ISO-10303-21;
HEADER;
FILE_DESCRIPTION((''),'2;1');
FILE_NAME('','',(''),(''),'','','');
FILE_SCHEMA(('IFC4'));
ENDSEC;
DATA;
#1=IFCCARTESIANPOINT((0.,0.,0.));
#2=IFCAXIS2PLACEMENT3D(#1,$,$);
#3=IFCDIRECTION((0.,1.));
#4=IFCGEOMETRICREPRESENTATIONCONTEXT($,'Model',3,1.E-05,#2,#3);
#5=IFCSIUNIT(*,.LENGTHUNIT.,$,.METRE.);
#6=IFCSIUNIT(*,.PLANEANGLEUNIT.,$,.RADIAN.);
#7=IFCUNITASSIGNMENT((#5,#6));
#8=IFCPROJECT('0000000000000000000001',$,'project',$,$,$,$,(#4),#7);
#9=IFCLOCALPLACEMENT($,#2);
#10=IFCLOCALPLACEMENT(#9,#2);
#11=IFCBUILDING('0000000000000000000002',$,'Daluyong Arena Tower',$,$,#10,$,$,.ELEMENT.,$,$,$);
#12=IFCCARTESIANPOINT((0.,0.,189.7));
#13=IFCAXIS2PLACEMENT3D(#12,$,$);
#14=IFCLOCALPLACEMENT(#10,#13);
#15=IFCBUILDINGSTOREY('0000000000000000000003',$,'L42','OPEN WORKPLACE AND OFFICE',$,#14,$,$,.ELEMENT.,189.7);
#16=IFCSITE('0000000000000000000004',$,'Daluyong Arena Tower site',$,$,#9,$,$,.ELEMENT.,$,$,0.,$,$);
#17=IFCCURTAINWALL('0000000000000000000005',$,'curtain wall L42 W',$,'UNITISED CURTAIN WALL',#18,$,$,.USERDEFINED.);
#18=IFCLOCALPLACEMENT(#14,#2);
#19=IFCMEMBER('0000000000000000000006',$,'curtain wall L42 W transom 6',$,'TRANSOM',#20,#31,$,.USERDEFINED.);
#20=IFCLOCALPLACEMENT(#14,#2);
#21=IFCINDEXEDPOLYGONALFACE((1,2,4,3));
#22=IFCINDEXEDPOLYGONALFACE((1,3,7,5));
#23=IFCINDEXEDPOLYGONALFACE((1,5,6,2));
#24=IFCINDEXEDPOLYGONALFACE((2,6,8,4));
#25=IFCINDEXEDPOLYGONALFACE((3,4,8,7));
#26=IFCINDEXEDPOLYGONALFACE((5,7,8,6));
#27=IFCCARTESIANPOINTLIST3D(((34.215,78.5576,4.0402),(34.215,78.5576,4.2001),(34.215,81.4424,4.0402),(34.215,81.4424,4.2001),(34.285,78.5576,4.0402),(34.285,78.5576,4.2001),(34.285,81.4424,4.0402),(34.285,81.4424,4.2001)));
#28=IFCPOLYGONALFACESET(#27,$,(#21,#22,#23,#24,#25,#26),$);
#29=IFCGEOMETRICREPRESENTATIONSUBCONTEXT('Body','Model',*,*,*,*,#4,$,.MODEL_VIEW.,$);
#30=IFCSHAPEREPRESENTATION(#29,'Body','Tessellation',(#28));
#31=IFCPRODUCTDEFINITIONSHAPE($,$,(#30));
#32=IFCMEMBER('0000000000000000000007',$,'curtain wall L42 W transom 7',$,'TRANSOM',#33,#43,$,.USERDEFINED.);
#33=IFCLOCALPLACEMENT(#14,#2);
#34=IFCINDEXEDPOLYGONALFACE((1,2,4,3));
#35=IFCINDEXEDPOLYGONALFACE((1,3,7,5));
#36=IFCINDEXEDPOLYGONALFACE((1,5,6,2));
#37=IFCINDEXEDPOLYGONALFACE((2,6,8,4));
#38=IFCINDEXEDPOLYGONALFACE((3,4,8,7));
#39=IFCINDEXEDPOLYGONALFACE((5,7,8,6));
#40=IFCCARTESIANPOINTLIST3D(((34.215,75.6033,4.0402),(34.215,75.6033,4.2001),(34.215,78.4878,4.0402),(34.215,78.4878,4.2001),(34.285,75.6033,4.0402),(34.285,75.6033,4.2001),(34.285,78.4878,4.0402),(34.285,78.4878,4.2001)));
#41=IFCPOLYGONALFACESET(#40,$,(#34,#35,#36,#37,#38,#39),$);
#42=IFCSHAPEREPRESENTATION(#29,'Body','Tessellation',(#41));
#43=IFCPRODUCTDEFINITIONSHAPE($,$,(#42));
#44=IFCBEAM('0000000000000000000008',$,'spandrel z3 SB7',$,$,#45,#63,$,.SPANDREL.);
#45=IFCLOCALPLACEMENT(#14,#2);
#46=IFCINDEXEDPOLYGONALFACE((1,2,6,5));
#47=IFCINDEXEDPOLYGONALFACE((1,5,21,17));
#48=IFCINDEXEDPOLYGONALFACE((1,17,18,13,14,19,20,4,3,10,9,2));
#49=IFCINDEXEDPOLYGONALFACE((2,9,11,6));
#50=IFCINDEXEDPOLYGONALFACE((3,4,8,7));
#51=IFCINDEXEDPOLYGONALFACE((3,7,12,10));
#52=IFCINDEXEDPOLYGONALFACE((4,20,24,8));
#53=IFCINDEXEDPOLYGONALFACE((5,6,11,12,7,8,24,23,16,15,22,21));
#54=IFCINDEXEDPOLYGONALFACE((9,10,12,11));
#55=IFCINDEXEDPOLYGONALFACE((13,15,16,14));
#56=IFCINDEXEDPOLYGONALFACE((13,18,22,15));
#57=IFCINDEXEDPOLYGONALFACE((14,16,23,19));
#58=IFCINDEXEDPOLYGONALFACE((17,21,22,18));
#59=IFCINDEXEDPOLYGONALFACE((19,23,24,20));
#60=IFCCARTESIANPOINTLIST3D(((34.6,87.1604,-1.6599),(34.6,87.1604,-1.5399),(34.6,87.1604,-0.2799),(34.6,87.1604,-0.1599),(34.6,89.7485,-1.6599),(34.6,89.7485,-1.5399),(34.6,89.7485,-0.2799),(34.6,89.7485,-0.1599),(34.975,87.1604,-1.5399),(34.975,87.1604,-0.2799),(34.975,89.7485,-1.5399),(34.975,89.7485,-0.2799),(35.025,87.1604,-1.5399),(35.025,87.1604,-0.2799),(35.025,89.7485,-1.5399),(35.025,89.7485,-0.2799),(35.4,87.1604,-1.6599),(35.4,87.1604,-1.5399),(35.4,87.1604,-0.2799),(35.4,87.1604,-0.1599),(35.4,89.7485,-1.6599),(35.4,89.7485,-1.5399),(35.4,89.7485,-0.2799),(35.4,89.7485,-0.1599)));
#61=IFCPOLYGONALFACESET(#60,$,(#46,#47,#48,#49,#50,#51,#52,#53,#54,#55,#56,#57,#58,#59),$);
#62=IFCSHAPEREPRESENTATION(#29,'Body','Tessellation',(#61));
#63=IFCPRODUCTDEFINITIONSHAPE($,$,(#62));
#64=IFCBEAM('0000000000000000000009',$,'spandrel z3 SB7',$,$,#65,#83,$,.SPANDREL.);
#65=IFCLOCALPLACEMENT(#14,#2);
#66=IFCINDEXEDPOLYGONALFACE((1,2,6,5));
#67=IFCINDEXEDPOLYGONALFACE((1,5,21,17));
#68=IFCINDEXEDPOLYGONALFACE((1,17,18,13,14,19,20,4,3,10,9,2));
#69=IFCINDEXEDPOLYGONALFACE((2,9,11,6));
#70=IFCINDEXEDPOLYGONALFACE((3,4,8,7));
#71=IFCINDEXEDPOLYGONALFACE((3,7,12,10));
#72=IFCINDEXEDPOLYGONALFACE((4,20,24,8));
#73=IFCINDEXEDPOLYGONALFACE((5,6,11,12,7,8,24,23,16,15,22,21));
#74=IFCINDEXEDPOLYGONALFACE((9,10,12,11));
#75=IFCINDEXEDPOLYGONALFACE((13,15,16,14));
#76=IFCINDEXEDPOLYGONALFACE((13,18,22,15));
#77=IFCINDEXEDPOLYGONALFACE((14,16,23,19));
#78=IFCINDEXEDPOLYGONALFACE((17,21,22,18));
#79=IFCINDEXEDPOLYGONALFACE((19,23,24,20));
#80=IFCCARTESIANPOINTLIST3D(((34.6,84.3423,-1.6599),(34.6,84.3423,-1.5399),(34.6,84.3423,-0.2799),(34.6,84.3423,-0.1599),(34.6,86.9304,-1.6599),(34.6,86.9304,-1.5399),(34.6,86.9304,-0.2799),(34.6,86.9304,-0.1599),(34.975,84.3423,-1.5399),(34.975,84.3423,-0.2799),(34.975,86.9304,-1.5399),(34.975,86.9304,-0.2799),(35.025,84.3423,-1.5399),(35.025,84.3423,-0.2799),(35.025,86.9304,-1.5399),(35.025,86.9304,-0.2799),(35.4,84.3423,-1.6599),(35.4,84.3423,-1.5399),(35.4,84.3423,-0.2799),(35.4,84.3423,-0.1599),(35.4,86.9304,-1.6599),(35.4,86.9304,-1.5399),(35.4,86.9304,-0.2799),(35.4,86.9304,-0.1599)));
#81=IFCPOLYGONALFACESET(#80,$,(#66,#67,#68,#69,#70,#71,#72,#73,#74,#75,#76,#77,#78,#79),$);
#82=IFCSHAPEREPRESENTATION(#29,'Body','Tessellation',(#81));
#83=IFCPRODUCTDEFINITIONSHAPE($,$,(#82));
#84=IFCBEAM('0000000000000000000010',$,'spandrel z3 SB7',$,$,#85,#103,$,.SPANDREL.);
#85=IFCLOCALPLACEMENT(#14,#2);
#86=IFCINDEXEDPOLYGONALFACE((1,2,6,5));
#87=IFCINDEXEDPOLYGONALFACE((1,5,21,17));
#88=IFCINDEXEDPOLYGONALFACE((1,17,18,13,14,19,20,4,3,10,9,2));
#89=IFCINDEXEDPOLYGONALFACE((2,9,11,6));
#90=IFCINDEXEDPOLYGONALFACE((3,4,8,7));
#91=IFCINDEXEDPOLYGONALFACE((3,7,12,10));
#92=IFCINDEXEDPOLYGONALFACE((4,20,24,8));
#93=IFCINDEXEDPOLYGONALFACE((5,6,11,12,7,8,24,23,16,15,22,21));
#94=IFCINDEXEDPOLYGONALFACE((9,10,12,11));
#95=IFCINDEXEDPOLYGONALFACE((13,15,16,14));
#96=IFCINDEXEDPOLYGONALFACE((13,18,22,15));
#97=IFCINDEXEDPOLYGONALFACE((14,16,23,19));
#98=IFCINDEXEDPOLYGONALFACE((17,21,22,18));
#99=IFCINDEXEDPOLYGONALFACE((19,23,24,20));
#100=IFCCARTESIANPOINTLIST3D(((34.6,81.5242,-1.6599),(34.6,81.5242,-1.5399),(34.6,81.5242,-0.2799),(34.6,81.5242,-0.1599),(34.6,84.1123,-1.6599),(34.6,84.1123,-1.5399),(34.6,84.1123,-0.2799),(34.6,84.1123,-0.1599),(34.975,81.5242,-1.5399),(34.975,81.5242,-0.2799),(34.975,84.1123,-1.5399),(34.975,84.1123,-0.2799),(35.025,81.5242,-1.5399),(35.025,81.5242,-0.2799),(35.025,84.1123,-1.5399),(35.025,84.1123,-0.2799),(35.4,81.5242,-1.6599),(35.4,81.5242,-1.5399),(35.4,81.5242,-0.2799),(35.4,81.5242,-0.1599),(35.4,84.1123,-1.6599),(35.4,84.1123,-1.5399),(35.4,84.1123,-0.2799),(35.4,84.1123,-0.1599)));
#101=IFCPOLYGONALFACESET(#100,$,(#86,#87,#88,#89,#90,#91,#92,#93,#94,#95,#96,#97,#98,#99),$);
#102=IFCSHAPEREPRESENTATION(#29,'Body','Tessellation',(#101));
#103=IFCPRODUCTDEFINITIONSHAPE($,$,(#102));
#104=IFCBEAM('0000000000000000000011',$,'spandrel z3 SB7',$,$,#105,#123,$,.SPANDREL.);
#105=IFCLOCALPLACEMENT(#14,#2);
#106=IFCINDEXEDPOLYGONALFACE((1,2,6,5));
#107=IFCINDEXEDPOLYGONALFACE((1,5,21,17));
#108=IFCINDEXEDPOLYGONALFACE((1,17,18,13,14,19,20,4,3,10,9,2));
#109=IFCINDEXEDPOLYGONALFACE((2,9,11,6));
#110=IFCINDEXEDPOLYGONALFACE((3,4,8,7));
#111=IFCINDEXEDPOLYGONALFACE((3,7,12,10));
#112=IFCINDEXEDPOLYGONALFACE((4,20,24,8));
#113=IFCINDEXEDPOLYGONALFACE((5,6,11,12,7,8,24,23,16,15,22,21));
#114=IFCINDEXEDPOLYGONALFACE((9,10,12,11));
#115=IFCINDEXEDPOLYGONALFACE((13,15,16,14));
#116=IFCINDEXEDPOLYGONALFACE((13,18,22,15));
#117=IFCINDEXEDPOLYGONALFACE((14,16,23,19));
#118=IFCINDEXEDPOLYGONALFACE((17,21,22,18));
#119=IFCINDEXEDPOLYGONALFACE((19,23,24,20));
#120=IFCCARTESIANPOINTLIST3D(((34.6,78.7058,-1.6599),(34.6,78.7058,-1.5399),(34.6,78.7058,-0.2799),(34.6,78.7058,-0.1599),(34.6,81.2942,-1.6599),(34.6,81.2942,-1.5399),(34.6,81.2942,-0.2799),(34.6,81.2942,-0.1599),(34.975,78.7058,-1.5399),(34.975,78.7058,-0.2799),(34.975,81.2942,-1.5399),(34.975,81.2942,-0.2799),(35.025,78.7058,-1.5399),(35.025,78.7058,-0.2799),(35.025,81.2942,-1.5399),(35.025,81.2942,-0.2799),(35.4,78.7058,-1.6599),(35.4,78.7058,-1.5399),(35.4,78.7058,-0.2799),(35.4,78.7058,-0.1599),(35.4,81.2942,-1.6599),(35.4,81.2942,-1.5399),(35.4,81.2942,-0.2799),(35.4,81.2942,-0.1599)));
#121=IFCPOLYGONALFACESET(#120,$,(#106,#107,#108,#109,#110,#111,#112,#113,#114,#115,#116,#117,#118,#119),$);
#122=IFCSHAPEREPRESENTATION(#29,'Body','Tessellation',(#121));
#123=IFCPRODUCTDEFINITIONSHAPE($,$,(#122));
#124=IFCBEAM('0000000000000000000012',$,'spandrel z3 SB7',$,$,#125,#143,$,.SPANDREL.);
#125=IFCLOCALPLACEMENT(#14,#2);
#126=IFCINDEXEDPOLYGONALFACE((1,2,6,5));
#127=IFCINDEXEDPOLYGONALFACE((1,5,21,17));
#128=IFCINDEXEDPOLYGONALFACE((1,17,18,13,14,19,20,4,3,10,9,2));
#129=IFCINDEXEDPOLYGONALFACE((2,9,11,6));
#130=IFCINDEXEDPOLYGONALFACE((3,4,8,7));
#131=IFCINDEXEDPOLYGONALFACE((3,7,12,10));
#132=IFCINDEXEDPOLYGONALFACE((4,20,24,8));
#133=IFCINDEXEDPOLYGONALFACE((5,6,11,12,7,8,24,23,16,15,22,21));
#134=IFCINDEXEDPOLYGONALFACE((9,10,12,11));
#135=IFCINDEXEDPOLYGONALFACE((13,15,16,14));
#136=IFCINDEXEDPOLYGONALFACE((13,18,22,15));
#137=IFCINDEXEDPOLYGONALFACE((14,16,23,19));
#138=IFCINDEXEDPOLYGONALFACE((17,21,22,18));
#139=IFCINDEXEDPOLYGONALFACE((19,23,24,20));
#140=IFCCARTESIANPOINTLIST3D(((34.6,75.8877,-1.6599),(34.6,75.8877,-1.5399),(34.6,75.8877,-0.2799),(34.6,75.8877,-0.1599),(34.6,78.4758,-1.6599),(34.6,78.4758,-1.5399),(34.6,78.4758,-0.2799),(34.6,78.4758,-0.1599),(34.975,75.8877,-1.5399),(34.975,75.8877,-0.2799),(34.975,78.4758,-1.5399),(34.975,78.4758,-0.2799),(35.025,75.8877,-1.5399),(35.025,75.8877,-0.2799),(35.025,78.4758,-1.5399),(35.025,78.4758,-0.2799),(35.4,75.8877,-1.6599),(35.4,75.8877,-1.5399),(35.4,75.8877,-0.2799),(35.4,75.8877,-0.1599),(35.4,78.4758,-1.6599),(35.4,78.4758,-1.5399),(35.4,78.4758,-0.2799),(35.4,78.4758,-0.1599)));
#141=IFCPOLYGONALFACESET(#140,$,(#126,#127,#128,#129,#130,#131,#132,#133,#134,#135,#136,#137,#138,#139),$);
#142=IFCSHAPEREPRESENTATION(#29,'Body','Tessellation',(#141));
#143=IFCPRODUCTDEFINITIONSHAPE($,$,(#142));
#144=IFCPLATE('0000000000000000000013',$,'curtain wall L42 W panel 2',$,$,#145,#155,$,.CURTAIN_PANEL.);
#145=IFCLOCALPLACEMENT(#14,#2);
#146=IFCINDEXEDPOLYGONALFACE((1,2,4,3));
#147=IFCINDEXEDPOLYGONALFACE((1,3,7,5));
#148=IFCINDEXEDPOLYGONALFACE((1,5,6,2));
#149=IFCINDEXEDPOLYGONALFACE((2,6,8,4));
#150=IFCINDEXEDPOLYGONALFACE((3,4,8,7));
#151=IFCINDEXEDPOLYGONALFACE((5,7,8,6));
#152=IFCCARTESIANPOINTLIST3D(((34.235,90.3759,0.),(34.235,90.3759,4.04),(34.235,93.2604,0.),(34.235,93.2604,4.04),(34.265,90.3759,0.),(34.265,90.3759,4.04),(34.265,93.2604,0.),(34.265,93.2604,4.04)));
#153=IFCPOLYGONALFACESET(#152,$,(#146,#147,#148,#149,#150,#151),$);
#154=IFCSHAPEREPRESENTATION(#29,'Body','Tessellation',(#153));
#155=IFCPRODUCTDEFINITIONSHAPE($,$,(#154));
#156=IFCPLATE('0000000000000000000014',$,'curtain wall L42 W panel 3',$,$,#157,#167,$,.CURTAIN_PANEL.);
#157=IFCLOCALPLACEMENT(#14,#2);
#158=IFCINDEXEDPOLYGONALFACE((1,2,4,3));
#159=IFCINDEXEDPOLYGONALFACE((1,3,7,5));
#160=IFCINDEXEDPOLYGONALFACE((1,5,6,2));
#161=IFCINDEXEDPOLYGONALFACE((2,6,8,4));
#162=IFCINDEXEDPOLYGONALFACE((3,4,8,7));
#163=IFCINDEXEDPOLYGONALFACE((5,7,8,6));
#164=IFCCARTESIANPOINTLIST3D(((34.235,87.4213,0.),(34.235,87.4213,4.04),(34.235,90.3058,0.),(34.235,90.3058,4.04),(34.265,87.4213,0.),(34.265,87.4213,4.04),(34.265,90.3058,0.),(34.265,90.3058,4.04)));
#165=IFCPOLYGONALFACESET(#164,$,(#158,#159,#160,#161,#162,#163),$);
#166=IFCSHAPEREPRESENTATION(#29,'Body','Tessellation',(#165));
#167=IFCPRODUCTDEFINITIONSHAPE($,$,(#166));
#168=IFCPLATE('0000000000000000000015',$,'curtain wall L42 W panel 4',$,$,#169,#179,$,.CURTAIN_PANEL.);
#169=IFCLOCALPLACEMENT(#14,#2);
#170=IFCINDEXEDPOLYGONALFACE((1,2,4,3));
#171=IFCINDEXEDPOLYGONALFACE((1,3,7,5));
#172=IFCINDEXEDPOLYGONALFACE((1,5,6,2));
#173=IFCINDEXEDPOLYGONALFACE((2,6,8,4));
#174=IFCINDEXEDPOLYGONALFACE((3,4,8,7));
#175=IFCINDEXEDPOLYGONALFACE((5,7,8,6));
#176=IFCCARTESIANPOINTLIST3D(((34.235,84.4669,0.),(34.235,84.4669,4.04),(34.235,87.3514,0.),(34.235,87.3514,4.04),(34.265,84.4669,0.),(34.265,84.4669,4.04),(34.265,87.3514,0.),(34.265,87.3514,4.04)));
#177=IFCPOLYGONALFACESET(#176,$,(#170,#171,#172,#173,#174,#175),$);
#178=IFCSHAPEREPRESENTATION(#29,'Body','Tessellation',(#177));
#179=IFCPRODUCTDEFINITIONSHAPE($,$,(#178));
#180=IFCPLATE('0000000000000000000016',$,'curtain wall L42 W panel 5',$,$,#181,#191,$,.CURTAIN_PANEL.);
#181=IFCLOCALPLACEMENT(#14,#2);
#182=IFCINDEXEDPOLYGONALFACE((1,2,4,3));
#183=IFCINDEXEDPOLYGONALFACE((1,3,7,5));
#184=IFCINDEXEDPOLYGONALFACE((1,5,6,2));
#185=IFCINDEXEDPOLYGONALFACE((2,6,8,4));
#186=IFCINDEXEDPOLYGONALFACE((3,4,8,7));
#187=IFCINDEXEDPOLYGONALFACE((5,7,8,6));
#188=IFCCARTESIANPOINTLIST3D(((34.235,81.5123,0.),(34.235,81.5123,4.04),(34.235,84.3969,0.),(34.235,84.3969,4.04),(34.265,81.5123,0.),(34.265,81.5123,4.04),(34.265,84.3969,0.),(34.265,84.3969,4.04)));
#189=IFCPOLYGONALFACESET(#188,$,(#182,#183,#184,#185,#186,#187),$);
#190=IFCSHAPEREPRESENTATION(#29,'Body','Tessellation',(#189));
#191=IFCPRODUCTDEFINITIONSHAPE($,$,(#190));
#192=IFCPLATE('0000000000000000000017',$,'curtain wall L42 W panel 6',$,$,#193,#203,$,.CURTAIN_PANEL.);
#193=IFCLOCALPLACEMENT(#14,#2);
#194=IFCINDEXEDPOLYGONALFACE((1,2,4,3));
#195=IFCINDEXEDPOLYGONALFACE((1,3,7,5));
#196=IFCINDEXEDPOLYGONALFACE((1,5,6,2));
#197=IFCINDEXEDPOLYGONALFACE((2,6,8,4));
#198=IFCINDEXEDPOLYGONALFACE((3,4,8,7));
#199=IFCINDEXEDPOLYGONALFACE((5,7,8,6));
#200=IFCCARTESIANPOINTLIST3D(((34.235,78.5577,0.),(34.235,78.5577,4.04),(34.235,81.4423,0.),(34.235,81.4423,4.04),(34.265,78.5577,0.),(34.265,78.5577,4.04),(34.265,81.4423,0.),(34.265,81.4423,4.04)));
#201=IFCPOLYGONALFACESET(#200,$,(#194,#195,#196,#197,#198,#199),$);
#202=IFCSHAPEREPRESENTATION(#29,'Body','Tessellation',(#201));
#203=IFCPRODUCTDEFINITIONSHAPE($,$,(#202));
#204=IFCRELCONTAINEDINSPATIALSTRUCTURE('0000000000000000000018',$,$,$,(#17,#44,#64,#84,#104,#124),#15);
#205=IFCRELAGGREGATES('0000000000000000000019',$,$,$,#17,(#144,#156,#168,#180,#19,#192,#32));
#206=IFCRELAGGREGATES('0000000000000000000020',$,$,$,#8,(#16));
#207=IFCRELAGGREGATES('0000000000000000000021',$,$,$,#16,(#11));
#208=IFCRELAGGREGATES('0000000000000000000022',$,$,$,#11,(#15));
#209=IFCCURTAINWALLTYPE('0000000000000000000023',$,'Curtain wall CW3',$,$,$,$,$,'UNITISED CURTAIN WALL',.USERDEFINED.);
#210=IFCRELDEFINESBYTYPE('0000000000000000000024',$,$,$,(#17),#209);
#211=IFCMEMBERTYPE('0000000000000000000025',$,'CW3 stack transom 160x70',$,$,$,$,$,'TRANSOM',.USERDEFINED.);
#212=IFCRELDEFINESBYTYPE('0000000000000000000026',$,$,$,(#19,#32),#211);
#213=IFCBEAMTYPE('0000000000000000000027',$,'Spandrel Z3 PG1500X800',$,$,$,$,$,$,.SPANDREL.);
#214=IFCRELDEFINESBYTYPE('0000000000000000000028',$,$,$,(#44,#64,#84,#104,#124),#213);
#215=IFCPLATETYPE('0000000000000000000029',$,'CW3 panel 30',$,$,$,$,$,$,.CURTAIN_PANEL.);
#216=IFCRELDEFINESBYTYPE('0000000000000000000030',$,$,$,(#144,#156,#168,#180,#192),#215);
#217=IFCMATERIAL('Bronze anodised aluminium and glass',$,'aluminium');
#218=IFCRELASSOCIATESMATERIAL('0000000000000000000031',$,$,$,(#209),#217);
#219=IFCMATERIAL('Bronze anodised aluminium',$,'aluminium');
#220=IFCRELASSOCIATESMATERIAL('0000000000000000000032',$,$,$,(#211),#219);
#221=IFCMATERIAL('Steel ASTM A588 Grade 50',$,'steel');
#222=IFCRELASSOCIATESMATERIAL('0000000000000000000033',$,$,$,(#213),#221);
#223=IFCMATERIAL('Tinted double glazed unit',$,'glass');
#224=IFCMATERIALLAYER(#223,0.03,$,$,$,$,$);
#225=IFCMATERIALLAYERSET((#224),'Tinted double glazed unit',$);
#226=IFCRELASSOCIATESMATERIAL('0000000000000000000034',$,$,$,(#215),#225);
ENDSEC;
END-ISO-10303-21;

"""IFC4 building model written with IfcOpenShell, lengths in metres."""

from ifc_helpers import new_model, si_unit, direction, frame, origin, origin_2d, place, context, subcontext, project, spatial, rectangle, i_section, extrude, material, layer, layer_set, material_profile, profile_set, type_object, element, aggregate, save


model = new_model("IFC4")

# Units and contexts
model_context = context("Model", 3, precision=1e-05, world=origin(), true_north=direction((0.0, 1.0)))
body_context = subcontext(model_context, "Body", "Model", "MODEL_VIEW")
ifc_project = project(units=[si_unit("LENGTHUNIT", "METRE"), si_unit("PLANEANGLEUNIT", "RADIAN")], contexts=[model_context])

# Site, building, storey
site_placement = place(None, origin())
site = spatial("IfcSite", under=ifc_project, at=site_placement, Name="Daluyong Arena Tower site", CompositionType="ELEMENT", RefElevation=0.0)
building_placement = place(site_placement, origin())
building = spatial("IfcBuilding", under=site, at=building_placement, Name="Daluyong Arena Tower", CompositionType="ELEMENT")
storey_placement = place(building_placement, frame((0.0, 0.0, 189.7)))
storey = spatial("IfcBuildingStorey", under=building, at=storey_placement, Name="L42", Description="OPEN WORKPLACE AND OFFICE", CompositionType="ELEMENT", Elevation=189.7)

# Curtain wall, members
ifc_material_1 = material(Name="Bronze anodised aluminium and glass", Category="aluminium")
curtain_wall_type = type_object("IfcCurtainWallType", Name="Curtain wall CW3", ElementType="UNITISED CURTAIN WALL", PredefinedType="USERDEFINED", material=ifc_material_1)
curtain_wall_placement = place(storey_placement, origin())
curtain_wall = element("IfcCurtainWall", 1, at=curtain_wall_placement, inside=storey, type_object=curtain_wall_type, Name="curtain wall L42 W", ObjectType="UNITISED CURTAIN WALL", PredefinedType="USERDEFINED")
ifc_material_2 = material(Name="Bronze anodised aluminium", Category="aluminium")
ifc_material_profile_1 = material_profile(ifc_material_2, rectangle(XDim=0.0701, YDim=0.1599, at=origin_2d()))
ifc_profile_set_1 = profile_set([ifc_material_profile_1], Name="Bronze anodised aluminium")
member_type_1 = type_object("IfcMemberType", Name="CW3 stack transom 160x70", ElementType="TRANSOM", PredefinedType="USERDEFINED", material=ifc_profile_set_1)
member_1_placement = place(storey_placement, frame((34.25, 81.4424, 4.1201), z_axis=(0.0, -1.0, 0.0), x_axis=(1.0, 0.0, 0.0)))
member_1 = element("IfcMember", 2, at=member_1_placement, type_object=member_type_1, Name="curtain wall L42 W transom 6", ObjectType="TRANSOM", PredefinedType="USERDEFINED", context=body_context, shape_type="SweptSolid", body=[
    extrude(rectangle(XDim=0.0701, YDim=0.1599, at=origin_2d()), origin(), (0.0, 0.0, 1.0), 2.8848),
])
member_2_placement = place(storey_placement, frame((34.25, 78.4878, 4.1201), z_axis=(0.0, -1.0, 0.0), x_axis=(1.0, 0.0, 0.0)))
member_2 = element("IfcMember", 3, at=member_2_placement, type_object=member_type_1, Name="curtain wall L42 W transom 7", ObjectType="TRANSOM", PredefinedType="USERDEFINED", context=body_context, shape_type="SweptSolid", body=[
    extrude(rectangle(XDim=0.0701, YDim=0.1599, at=origin_2d()), origin(), (0.0, 0.0, 1.0), 2.8845),
])

# Beams
ifc_material_3 = material(Name="Steel ASTM A588 Grade 50", Category="steel")
ifc_material_profile_2 = material_profile(ifc_material_3, i_section(OverallWidth=0.8, OverallDepth=1.5, WebThickness=0.05, FlangeThickness=0.12, at=origin_2d()))
ifc_profile_set_2 = profile_set([ifc_material_profile_2], Name="Steel ASTM A588 Grade 50")
beam_type = type_object("IfcBeamType", Name="Spandrel Z3 PG1500X800", PredefinedType="SPANDREL", material=ifc_profile_set_2)
for number, where, z_axis, x_axis, name in (
    (4, (35.0, 89.7485, -0.9099), (0.0, -1.0, 0.0), (1.0, 0.0, 0.0), "spandrel z3 SB7"),
    (5, (35.0, 86.9304, -0.9099), (0.0, -1.0, 0.0), (1.0, 0.0, 0.0), "spandrel z3 SB7"),
    (6, (35.0, 84.1123, -0.9099), (0.0, -1.0, 0.0), (1.0, 0.0, 0.0), "spandrel z3 SB7"),
):
    element("IfcBeam", number, at=place(storey_placement, frame(where, z_axis=z_axis, x_axis=x_axis)), inside=storey, type_object=beam_type, Name=name, PredefinedType="SPANDREL", context=body_context, shape_type="SweptSolid", body=[
        extrude(i_section(OverallWidth=0.8, OverallDepth=1.5, WebThickness=0.05, FlangeThickness=0.12, at=origin_2d()), origin(), (0.0, 0.0, 1.0), 2.5881),
    ])
beam_1_placement = place(storey_placement, frame((35.0, 81.2942, -0.9099), z_axis=(0.0, -1.0, 0.0), x_axis=(1.0, 0.0, 0.0)))
element("IfcBeam", 7, at=beam_1_placement, inside=storey, type_object=beam_type, Name="spandrel z3 SB7", PredefinedType="SPANDREL", context=body_context, shape_type="SweptSolid", body=[
    extrude(i_section(OverallWidth=0.8, OverallDepth=1.5, WebThickness=0.05, FlangeThickness=0.12, at=origin_2d()), origin(), (0.0, 0.0, 1.0), 2.5884),
])
beam_2_placement = place(storey_placement, frame((35.0, 78.4758, -0.9099), z_axis=(0.0, -1.0, 0.0), x_axis=(1.0, 0.0, 0.0)))
element("IfcBeam", 8, at=beam_2_placement, inside=storey, type_object=beam_type, Name="spandrel z3 SB7", PredefinedType="SPANDREL", context=body_context, shape_type="SweptSolid", body=[
    extrude(i_section(OverallWidth=0.8, OverallDepth=1.5, WebThickness=0.05, FlangeThickness=0.12, at=origin_2d()), origin(), (0.0, 0.0, 1.0), 2.5881),
])

# Plates
ifc_material_4 = material(Name="Tinted double glazed unit", Category="glass")
ifc_layer = layer(ifc_material_4, 0.03)
ifc_layer_set = layer_set([ifc_layer], Name="Tinted double glazed unit")
plate_type = type_object("IfcPlateType", Name="CW3 panel 30", PredefinedType="CURTAIN_PANEL", material=ifc_layer_set)
plate_1_placement = place(storey_placement, frame((34.25, 91.8181, 0.0), z_axis=(0.0, 0.0, 1.0), x_axis=(0.0, -1.0, 0.0)))
plate_1 = element("IfcPlate", 9, at=plate_1_placement, type_object=plate_type, Name="curtain wall L42 W panel 2", PredefinedType="CURTAIN_PANEL", context=body_context, shape_type="SweptSolid", body=[
    extrude(rectangle(XDim=2.8845, YDim=0.03, at=origin_2d()), origin(), (0.0, 0.0, 1.0), 4.04),
])
plate_2_placement = place(storey_placement, frame((34.25, 88.8635, 0.0), z_axis=(0.0, 0.0, 1.0), x_axis=(0.0, -1.0, 0.0)))
plate_2 = element("IfcPlate", 10, at=plate_2_placement, type_object=plate_type, Name="curtain wall L42 W panel 3", PredefinedType="CURTAIN_PANEL", context=body_context, shape_type="SweptSolid", body=[
    extrude(rectangle(XDim=2.8845, YDim=0.03, at=origin_2d()), origin(), (0.0, 0.0, 1.0), 4.04),
])
plate_3_placement = place(storey_placement, frame((34.25, 85.9092, 0.0), z_axis=(0.0, 0.0, 1.0), x_axis=(0.0, -1.0, 0.0)))
plate_3 = element("IfcPlate", 11, at=plate_3_placement, type_object=plate_type, Name="curtain wall L42 W panel 4", PredefinedType="CURTAIN_PANEL", context=body_context, shape_type="SweptSolid", body=[
    extrude(rectangle(XDim=2.8845, YDim=0.03, at=origin_2d()), origin(), (0.0, 0.0, 1.0), 4.04),
])
plate_4_placement = place(storey_placement, frame((34.25, 82.9546, 0.0), z_axis=(0.0, 0.0, 1.0), x_axis=(0.0, -1.0, 0.0)))
plate_4 = element("IfcPlate", 12, at=plate_4_placement, type_object=plate_type, Name="curtain wall L42 W panel 5", PredefinedType="CURTAIN_PANEL", context=body_context, shape_type="SweptSolid", body=[
    extrude(rectangle(XDim=2.8845, YDim=0.03, at=origin_2d()), origin(), (0.0, 0.0, 1.0), 4.04),
])
plate_5_placement = place(storey_placement, frame((34.25, 80.0, 0.0), z_axis=(0.0, 0.0, 1.0), x_axis=(0.0, -1.0, 0.0)))
plate_5 = element("IfcPlate", 13, at=plate_5_placement, type_object=plate_type, Name="curtain wall L42 W panel 6", PredefinedType="CURTAIN_PANEL", context=body_context, shape_type="SweptSolid", body=[
    extrude(rectangle(XDim=2.8845, YDim=0.03, at=origin_2d()), origin(), (0.0, 0.0, 1.0), 4.04),
])
aggregate(curtain_wall, [plate_1, plate_2, plate_3, plate_4, member_1, plate_5, member_2])

save(model, "model.ifc")
